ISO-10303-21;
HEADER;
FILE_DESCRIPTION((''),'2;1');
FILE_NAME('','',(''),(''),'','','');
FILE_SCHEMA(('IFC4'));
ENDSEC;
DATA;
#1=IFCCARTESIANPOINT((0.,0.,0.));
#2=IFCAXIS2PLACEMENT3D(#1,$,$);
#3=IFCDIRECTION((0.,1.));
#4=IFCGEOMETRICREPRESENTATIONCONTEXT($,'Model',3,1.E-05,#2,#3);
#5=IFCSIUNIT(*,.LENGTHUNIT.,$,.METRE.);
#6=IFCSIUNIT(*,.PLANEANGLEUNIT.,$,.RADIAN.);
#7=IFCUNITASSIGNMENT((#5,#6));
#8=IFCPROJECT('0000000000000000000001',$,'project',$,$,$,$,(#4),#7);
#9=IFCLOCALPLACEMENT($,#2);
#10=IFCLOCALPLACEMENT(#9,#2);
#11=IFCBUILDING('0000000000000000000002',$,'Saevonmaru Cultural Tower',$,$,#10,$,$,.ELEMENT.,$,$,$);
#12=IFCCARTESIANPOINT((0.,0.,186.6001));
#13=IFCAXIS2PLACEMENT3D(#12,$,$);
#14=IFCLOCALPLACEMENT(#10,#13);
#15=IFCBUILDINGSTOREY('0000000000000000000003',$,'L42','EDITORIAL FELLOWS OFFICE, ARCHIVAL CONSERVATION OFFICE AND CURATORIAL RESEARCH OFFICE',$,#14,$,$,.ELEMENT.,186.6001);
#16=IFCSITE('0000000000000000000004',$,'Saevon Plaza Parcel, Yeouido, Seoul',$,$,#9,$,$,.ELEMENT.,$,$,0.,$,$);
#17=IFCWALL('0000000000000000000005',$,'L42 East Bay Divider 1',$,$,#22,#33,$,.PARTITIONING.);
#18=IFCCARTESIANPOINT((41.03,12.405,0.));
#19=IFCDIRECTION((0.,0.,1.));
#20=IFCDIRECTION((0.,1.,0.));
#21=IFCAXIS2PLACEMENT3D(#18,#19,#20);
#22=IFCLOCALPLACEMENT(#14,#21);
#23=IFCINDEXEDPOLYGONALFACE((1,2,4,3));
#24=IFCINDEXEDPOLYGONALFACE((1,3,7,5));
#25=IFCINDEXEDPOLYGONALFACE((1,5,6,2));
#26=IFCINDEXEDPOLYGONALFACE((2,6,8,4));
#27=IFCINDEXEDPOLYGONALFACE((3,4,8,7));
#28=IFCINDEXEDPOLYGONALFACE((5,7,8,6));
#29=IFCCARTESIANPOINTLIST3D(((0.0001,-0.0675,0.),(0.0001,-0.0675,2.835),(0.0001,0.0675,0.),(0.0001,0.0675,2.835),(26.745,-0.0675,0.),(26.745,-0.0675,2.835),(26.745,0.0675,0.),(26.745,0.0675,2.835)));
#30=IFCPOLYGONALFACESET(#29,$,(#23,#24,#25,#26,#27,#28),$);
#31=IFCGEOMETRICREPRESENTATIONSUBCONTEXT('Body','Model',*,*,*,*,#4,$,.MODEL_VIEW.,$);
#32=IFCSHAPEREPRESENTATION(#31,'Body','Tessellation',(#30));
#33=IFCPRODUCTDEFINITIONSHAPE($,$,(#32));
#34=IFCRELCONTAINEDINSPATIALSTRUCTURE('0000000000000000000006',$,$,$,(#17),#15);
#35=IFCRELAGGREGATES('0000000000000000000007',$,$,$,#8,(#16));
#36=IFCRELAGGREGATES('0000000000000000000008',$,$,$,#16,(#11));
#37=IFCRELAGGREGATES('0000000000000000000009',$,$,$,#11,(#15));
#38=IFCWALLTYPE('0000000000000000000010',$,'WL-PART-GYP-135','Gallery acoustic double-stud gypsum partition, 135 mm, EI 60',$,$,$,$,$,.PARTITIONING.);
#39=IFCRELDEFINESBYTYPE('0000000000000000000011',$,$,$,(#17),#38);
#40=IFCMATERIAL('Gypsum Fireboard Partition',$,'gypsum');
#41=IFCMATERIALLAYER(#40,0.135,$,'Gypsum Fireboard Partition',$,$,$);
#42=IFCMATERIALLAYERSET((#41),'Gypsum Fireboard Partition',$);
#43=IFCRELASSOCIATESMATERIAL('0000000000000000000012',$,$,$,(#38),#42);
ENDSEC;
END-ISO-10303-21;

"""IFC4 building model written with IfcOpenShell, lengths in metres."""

from ifc_helpers import new_model, si_unit, direction, frame, frame_2d, origin, place, context, subcontext, project, spatial, rectangle, extrude, material, layer, layer_set, type_object, element, save


model = new_model("IFC4")

# Units and contexts
model_context = context("Model", 3, precision=1e-05, world=origin(), true_north=direction((0.0, 1.0)))
body_context = subcontext(model_context, "Body", "Model", "MODEL_VIEW")
ifc_project = project(units=[si_unit("LENGTHUNIT", "METRE"), si_unit("PLANEANGLEUNIT", "RADIAN")], contexts=[model_context])

# Site, building, storey
site_placement = place(None, origin())
site = spatial("IfcSite", under=ifc_project, at=site_placement, Name="Saevon Plaza Parcel, Yeouido, Seoul", CompositionType="ELEMENT", RefElevation=0.0)
building_placement = place(site_placement, origin())
building = spatial("IfcBuilding", under=site, at=building_placement, Name="Saevonmaru Cultural Tower", CompositionType="ELEMENT")
storey_placement = place(building_placement, frame((0.0, 0.0, 186.6001)))
storey = spatial("IfcBuildingStorey", under=building, at=storey_placement, Name="L42", Description="EDITORIAL FELLOWS OFFICE, ARCHIVAL CONSERVATION OFFICE AND CURATORIAL RESEARCH OFFICE", CompositionType="ELEMENT", Elevation=186.6001)

# Wall
ifc_material_1 = material(Name="Gypsum Fireboard Partition", Category="gypsum")
ifc_layer_1 = layer(ifc_material_1, 0.135, Name="Gypsum Fireboard Partition")
ifc_layer_set_1 = layer_set([ifc_layer_1], Name="Gypsum Fireboard Partition")
wall_type_1 = type_object("IfcWallType", Name="WL-PART-GYP-135", Description="Gallery acoustic double-stud gypsum partition, 135 mm, EI 60", PredefinedType="PARTITIONING", material=ifc_layer_set_1)
wall_1_placement = place(storey_placement, frame((41.03, 12.405, 0.0), z_axis=(0.0, 0.0, 1.0), x_axis=(0.0, 1.0, 0.0)))
element("IfcWall", 1, at=wall_1_placement, inside=storey, type_object=wall_type_1, Name="L42 East Bay Divider 1", PredefinedType="PARTITIONING", context=body_context, shape_type="SweptSolid", body=[
    extrude(rectangle(XDim=26.7449, YDim=0.135, at=frame_2d((13.3726, 0.0))), origin(), (0.0, 0.0, 1.0), 2.835),
])

save(model, "model.ifc")
